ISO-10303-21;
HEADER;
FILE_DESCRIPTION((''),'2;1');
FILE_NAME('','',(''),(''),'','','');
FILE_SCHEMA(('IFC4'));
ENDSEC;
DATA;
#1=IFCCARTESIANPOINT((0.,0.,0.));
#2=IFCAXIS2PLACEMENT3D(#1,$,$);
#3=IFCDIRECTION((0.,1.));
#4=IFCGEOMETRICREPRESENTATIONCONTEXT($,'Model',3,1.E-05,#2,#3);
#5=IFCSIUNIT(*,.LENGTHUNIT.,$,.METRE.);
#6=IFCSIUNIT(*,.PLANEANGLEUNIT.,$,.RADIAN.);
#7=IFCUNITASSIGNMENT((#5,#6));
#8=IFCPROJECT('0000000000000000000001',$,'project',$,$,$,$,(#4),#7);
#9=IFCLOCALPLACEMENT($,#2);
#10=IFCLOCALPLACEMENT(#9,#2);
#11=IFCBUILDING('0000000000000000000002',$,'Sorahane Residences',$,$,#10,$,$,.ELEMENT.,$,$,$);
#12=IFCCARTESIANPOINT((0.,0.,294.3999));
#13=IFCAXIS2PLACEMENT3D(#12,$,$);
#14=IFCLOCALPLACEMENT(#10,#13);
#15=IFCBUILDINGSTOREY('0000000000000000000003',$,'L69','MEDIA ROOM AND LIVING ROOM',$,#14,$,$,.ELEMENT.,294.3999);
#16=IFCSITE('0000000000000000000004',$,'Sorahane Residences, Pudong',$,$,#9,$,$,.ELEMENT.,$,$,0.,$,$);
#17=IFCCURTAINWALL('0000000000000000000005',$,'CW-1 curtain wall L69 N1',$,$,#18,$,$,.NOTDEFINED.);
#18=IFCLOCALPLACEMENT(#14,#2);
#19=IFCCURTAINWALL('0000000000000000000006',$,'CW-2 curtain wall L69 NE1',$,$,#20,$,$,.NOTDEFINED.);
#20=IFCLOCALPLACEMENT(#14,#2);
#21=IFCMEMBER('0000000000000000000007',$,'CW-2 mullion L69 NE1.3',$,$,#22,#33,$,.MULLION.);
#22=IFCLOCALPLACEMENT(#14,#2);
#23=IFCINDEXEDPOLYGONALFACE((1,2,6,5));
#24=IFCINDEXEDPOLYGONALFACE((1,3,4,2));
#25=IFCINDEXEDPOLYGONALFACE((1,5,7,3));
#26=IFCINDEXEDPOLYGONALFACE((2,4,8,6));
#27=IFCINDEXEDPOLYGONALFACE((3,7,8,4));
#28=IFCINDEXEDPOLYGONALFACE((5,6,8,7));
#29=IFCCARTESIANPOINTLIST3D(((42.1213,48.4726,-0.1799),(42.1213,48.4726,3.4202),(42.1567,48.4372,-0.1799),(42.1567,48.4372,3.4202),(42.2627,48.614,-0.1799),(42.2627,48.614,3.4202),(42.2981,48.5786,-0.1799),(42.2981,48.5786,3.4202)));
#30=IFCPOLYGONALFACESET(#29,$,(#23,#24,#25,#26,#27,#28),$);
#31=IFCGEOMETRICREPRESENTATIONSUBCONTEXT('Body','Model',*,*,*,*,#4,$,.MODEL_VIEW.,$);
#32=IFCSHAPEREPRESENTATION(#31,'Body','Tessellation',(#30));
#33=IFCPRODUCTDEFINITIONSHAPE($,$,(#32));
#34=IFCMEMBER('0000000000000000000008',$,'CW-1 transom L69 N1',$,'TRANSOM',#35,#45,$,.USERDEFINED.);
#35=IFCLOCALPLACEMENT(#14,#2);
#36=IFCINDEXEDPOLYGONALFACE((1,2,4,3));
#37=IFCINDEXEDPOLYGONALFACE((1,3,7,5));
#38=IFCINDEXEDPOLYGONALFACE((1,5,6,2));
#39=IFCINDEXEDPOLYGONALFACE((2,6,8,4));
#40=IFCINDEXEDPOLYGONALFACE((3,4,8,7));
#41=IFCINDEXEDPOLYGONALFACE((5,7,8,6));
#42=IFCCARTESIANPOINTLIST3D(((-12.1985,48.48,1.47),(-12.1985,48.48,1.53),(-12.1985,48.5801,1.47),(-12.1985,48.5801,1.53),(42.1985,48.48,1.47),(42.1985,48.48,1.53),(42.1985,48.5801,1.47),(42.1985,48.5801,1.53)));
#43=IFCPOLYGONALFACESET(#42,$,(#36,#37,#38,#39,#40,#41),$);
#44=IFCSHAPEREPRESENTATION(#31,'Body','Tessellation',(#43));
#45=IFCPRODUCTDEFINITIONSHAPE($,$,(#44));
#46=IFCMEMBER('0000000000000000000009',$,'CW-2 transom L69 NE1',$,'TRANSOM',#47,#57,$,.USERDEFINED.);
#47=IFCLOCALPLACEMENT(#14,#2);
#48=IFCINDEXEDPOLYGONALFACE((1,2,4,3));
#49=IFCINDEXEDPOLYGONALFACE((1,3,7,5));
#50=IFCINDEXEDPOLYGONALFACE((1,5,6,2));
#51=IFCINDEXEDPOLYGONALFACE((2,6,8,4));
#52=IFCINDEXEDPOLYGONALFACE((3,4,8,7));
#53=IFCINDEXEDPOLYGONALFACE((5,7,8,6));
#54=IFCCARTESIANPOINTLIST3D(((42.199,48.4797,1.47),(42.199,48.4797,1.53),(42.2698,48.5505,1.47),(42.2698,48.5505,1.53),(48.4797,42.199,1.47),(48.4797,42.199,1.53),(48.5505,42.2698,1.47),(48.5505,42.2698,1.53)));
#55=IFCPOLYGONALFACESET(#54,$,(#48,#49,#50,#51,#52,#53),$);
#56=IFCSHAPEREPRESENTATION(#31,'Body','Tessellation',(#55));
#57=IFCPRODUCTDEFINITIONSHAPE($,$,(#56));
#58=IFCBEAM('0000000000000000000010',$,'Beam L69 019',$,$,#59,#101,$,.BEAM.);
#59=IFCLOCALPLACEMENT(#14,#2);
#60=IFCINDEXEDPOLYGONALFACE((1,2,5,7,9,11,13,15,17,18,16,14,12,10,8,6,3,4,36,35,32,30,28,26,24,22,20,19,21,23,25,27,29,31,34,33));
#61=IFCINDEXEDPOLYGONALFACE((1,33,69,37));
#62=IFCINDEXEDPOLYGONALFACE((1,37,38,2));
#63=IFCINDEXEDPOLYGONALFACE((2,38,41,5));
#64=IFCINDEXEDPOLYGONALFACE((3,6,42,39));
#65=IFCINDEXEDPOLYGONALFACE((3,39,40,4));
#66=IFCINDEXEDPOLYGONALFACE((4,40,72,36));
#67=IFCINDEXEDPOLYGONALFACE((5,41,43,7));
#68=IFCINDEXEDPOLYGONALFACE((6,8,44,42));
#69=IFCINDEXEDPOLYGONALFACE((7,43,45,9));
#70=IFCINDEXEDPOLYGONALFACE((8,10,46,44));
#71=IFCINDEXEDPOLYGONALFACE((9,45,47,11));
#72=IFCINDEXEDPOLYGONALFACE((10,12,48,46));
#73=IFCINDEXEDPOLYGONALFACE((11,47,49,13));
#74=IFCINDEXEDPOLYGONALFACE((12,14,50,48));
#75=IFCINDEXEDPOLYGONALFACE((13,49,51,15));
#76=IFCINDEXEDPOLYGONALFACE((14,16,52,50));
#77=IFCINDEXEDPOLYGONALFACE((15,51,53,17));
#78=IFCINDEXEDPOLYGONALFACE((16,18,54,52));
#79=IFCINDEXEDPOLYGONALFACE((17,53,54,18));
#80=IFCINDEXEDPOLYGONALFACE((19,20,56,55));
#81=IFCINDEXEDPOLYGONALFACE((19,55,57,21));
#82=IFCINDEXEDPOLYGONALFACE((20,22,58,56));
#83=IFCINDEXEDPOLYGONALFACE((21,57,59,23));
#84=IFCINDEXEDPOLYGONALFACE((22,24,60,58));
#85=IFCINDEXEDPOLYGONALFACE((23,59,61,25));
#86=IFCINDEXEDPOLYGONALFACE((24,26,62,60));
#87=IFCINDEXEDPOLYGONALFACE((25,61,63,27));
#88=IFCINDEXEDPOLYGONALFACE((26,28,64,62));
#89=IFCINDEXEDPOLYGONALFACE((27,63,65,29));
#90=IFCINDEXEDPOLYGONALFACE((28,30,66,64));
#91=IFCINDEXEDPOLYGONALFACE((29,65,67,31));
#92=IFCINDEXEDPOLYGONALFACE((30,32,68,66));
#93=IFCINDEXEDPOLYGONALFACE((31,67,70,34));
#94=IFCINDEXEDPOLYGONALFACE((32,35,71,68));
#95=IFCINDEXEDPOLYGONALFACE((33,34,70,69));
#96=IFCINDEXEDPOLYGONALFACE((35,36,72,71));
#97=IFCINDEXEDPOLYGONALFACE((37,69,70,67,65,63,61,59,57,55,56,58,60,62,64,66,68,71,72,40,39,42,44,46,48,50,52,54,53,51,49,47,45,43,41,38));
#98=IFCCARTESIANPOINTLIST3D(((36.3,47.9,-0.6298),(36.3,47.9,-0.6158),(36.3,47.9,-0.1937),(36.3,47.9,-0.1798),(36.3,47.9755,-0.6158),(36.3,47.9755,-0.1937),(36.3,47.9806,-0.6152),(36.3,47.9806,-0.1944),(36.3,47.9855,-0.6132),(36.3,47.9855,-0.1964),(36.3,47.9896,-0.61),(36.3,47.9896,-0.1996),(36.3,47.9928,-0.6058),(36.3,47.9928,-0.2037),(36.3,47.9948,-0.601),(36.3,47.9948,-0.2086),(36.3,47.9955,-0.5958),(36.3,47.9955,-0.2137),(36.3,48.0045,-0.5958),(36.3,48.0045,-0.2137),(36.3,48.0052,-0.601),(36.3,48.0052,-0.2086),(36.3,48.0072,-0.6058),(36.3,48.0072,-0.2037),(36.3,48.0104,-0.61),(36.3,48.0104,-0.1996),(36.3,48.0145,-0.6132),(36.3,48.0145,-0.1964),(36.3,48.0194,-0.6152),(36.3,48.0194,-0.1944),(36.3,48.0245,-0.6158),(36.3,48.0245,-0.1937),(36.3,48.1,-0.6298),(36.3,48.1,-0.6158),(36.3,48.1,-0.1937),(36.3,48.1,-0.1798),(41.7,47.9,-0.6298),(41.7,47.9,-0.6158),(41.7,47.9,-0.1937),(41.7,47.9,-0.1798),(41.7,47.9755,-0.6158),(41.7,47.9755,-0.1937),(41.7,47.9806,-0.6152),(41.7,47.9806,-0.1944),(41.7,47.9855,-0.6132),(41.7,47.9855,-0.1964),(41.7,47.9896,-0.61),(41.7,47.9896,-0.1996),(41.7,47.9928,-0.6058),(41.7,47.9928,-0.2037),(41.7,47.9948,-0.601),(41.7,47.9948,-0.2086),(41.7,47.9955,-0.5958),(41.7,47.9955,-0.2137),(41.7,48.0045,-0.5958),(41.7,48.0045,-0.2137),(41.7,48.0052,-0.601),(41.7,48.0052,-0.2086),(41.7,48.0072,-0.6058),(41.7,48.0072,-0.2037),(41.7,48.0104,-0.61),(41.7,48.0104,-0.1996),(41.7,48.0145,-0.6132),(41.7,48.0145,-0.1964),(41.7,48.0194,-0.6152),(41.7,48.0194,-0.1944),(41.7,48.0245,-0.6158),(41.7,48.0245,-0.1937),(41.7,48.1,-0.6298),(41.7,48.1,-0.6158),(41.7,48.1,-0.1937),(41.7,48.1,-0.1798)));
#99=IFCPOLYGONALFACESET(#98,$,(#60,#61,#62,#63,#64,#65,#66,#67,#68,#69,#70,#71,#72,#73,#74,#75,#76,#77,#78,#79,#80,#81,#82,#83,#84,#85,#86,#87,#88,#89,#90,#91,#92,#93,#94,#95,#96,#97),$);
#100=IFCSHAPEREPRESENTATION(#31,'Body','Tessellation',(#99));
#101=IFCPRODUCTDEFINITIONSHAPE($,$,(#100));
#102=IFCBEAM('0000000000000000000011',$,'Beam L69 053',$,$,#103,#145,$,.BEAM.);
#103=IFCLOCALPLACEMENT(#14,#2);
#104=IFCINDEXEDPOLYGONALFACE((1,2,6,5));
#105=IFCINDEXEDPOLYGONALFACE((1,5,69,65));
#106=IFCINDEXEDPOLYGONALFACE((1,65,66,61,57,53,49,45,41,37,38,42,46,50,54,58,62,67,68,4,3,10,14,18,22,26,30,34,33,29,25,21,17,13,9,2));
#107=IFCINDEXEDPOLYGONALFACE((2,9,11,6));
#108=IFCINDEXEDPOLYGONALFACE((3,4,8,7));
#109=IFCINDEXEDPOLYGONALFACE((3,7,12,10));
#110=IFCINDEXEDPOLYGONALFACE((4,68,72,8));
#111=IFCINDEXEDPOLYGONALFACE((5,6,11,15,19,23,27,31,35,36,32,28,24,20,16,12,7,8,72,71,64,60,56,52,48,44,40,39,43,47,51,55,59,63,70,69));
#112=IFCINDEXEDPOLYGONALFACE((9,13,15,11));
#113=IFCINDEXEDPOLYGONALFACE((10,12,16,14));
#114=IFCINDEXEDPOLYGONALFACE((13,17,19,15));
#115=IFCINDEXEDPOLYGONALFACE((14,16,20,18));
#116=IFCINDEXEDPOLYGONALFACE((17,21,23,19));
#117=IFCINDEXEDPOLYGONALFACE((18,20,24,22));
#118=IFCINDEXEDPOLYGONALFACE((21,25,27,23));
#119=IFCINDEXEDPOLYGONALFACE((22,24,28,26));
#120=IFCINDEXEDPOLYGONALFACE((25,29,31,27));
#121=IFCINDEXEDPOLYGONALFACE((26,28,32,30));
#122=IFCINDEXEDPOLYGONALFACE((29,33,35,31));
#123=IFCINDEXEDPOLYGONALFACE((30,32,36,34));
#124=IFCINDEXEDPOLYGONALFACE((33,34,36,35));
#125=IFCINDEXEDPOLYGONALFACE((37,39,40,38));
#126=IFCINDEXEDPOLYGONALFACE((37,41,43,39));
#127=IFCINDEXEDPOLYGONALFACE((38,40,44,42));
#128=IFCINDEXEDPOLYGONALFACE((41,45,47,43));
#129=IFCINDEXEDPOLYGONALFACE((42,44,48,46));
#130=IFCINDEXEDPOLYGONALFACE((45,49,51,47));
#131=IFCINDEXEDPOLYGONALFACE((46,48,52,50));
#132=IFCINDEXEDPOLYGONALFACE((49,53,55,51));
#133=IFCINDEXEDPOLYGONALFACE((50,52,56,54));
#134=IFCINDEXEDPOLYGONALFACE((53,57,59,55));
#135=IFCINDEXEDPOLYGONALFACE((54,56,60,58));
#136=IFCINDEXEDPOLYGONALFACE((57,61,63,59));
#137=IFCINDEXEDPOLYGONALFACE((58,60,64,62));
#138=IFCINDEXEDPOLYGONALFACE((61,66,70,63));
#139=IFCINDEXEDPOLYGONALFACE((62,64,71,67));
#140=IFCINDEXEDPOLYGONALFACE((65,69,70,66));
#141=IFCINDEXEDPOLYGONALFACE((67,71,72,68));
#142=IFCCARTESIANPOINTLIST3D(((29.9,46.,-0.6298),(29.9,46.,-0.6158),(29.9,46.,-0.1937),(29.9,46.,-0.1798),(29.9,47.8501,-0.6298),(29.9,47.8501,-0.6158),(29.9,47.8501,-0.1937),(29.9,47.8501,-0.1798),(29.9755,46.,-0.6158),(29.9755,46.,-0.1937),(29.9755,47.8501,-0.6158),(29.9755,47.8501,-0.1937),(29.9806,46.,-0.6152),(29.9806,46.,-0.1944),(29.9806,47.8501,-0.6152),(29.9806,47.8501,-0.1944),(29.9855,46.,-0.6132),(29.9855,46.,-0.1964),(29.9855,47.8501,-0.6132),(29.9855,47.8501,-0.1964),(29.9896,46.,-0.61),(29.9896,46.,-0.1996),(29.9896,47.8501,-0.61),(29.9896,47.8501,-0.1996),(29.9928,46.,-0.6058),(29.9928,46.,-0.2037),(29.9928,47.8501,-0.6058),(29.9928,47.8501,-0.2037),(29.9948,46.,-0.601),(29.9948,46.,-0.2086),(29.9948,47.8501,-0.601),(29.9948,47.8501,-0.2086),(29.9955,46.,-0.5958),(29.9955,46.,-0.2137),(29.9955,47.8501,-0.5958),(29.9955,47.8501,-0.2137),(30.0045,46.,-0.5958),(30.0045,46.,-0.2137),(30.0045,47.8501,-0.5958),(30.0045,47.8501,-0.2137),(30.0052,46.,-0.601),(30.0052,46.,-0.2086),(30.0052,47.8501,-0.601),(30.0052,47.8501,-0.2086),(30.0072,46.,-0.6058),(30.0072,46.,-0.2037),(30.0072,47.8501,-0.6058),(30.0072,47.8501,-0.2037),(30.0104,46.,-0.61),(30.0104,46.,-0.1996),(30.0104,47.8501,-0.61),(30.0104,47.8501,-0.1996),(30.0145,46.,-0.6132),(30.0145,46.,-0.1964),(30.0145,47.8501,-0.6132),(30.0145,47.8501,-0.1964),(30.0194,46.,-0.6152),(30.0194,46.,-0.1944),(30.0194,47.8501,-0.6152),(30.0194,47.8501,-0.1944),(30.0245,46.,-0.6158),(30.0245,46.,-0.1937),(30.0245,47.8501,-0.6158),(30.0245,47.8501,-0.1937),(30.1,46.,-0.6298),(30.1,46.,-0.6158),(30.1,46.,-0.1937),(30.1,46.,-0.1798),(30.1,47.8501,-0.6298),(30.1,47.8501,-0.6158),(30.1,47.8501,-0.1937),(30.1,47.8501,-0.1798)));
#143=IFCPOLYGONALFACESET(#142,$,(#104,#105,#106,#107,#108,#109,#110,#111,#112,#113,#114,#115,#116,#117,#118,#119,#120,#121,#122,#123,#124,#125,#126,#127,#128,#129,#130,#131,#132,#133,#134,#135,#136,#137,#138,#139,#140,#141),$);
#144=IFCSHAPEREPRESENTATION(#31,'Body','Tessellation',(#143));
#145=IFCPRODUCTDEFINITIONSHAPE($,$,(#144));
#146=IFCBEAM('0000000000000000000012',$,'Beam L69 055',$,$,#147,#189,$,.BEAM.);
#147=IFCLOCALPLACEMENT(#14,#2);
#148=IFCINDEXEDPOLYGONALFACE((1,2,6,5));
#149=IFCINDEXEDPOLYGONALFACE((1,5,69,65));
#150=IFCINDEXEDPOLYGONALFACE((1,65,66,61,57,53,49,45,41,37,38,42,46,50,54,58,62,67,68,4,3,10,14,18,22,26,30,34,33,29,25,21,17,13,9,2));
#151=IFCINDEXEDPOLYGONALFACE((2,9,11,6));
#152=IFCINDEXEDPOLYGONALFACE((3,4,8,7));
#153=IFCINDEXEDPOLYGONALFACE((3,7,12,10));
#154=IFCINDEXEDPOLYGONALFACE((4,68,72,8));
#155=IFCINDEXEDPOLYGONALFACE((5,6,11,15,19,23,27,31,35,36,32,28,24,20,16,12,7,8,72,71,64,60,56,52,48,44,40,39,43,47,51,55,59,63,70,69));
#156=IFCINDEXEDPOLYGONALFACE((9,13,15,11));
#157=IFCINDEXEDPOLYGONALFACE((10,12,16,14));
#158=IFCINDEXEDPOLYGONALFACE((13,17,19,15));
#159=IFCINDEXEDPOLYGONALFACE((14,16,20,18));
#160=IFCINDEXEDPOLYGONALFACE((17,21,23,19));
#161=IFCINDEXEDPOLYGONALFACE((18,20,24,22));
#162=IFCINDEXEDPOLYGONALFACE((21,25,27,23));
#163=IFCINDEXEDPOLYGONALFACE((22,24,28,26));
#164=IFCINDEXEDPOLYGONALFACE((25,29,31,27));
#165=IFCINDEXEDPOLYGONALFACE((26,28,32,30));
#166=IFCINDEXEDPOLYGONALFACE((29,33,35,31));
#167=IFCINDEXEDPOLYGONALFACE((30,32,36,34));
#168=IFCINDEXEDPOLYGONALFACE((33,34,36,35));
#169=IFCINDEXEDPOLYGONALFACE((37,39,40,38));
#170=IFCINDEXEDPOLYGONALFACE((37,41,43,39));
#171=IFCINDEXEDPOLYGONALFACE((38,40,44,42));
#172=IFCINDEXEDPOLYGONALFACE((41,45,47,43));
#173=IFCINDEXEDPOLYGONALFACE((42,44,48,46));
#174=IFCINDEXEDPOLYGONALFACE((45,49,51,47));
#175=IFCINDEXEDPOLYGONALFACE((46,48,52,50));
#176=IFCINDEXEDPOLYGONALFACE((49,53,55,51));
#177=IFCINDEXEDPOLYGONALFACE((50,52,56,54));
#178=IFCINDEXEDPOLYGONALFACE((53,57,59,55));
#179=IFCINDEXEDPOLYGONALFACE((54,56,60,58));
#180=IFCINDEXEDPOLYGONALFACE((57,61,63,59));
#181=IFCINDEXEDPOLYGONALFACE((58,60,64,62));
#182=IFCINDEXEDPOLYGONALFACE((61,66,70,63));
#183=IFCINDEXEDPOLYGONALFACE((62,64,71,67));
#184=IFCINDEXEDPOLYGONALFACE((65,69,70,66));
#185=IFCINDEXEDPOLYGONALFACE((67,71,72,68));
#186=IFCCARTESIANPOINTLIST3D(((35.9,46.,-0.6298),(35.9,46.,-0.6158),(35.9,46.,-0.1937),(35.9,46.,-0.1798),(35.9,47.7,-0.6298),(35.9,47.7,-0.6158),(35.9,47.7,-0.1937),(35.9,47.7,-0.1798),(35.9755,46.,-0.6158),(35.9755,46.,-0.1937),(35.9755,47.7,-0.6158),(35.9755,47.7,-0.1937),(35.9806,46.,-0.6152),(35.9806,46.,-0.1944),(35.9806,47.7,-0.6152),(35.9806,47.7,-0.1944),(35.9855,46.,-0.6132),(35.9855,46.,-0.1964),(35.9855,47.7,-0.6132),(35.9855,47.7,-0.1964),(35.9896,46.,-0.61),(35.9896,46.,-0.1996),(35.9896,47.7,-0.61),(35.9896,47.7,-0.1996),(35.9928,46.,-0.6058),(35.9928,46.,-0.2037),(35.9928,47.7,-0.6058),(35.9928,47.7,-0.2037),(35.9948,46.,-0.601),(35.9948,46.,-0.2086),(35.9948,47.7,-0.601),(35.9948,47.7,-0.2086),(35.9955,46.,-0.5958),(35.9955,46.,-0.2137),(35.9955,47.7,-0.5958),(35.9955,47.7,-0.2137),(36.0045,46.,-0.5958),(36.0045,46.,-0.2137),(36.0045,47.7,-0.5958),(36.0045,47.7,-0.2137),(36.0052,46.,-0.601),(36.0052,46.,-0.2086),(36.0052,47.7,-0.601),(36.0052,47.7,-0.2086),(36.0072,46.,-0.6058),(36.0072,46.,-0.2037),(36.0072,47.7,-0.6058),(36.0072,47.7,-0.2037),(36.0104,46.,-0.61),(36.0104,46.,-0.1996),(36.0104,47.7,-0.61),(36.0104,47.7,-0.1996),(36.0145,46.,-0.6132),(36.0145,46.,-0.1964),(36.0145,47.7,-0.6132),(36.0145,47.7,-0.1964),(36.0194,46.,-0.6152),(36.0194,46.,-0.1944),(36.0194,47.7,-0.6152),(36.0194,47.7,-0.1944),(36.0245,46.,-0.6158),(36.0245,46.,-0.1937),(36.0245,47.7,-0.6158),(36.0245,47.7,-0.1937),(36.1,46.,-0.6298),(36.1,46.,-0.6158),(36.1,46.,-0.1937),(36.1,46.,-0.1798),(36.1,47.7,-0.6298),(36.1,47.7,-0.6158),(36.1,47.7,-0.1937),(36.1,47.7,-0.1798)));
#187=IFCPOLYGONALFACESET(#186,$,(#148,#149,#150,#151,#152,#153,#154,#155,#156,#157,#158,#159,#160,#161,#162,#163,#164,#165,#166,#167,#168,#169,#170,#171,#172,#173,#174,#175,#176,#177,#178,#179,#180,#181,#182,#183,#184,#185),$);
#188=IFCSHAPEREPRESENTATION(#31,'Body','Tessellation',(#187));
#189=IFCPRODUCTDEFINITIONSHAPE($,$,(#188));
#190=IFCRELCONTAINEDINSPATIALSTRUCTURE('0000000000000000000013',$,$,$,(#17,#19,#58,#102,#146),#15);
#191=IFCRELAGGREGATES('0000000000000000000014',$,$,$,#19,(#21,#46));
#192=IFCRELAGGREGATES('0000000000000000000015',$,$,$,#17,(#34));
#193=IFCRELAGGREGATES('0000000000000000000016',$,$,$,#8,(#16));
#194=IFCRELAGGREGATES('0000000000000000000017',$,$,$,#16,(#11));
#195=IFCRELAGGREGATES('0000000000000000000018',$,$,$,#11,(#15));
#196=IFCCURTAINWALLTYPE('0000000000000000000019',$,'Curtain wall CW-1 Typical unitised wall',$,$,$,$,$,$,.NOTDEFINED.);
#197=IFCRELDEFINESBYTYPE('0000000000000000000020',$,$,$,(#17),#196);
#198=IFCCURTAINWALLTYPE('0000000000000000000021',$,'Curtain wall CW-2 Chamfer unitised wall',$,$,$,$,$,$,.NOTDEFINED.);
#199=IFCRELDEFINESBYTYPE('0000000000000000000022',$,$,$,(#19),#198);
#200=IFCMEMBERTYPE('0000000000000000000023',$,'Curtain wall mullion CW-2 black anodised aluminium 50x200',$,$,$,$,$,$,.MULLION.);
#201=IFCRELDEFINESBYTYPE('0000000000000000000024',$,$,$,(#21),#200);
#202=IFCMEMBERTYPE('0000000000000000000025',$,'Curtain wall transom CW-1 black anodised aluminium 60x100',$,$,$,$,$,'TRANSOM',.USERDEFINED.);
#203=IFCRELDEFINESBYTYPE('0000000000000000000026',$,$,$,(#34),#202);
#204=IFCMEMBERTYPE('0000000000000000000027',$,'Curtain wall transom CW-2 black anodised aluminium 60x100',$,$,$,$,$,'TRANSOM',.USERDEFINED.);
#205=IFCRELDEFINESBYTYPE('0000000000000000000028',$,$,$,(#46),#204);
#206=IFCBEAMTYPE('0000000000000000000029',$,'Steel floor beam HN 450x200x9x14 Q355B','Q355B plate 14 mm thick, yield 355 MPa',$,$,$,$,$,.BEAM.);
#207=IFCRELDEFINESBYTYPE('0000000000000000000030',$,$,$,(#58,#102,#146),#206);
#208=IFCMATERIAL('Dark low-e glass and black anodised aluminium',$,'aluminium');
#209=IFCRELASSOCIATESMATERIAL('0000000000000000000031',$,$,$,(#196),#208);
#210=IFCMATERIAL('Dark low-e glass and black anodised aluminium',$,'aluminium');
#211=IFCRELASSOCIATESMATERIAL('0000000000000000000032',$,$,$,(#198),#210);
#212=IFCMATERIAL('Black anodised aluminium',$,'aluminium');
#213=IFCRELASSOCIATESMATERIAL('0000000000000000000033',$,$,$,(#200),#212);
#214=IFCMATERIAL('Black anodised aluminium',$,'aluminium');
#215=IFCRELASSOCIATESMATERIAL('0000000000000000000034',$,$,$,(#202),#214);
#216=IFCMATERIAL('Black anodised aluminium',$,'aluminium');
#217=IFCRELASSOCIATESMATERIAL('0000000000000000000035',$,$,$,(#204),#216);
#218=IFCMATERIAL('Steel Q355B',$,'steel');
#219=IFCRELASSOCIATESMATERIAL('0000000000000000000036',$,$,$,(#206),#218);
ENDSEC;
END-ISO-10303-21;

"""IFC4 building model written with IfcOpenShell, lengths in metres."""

from ifc_helpers import new_model, si_unit, direction, frame, origin, origin_2d, place, context, subcontext, project, spatial, rectangle, i_section, extrude, material, material_profile, profile_set, type_object, element, aggregate, save


model = new_model("IFC4")

# Units and contexts
model_context = context("Model", 3, precision=1e-05, world=origin(), true_north=direction((0.0, 1.0)))
body_context = subcontext(model_context, "Body", "Model", "MODEL_VIEW")
ifc_project = project(units=[si_unit("LENGTHUNIT", "METRE"), si_unit("PLANEANGLEUNIT", "RADIAN")], contexts=[model_context])

# Site, building, storey
site_placement = place(None, origin())
site = spatial("IfcSite", under=ifc_project, at=site_placement, Name="Sorahane Residences, Pudong", CompositionType="ELEMENT", RefElevation=0.0)
building_placement = place(site_placement, origin())
building = spatial("IfcBuilding", under=site, at=building_placement, Name="Sorahane Residences", CompositionType="ELEMENT")
storey_placement = place(building_placement, frame((0.0, 0.0, 294.3999)))
storey = spatial("IfcBuildingStorey", under=building, at=storey_placement, Name="L69", Description="MEDIA ROOM AND LIVING ROOM", CompositionType="ELEMENT", Elevation=294.3999)

# Curtain walls, member
ifc_material_1 = material(Name="Dark low-e glass and black anodised aluminium", Category="aluminium")
curtain_wall_type_1 = type_object("IfcCurtainWallType", Name="Curtain wall CW-1 Typical unitised wall", PredefinedType="NOTDEFINED", material=ifc_material_1)
curtain_wall_1_placement = place(storey_placement, origin())
curtain_wall_1 = element("IfcCurtainWall", 1, at=curtain_wall_1_placement, inside=storey, type_object=curtain_wall_type_1, Name="CW-1 curtain wall L69 N1", PredefinedType="NOTDEFINED")
ifc_material_2 = material(Name="Dark low-e glass and black anodised aluminium", Category="aluminium")
curtain_wall_type_2 = type_object("IfcCurtainWallType", Name="Curtain wall CW-2 Chamfer unitised wall", PredefinedType="NOTDEFINED", material=ifc_material_2)
curtain_wall_2_placement = place(storey_placement, origin())
curtain_wall_2 = element("IfcCurtainWall", 2, at=curtain_wall_2_placement, inside=storey, type_object=curtain_wall_type_2, Name="CW-2 curtain wall L69 NE1", PredefinedType="NOTDEFINED")
ifc_material_3 = material(Name="Black anodised aluminium", Category="aluminium")
ifc_material_profile_1 = material_profile(ifc_material_3, rectangle(XDim=0.2, YDim=0.05, at=origin_2d()), Name="Curtain wall mullion CW-2 black anodised aluminium 50x200")
ifc_profile_set_1 = profile_set([ifc_material_profile_1], Name="Black anodised aluminium")
member_type_1 = type_object("IfcMemberType", Name="Curtain wall mullion CW-2 black anodised aluminium 50x200", PredefinedType="MULLION", material=ifc_profile_set_1)
member_1_placement = place(storey_placement, frame((42.2097, 48.5256, -0.1799), z_axis=(0.0, 0.0, 1.0), x_axis=(0.707107, 0.707107, 0.0)))
member_1 = element("IfcMember", 3, at=member_1_placement, type_object=member_type_1, Name="CW-2 mullion L69 NE1.3", PredefinedType="MULLION", context=body_context, shape_type="SweptSolid", body=[
    extrude(rectangle(XDim=0.2, YDim=0.05, at=origin_2d()), origin(), (0.0, 0.0, 1.0), 3.6001),
])

# Members
ifc_material_4 = material(Name="Black anodised aluminium", Category="aluminium")
ifc_material_profile_2 = material_profile(ifc_material_4, rectangle(XDim=0.1001, YDim=0.0601, at=origin_2d()), Name="Curtain wall transom CW-1 black anodised aluminium 60x100")
ifc_profile_set_2 = profile_set([ifc_material_profile_2], Name="Black anodised aluminium")
member_type_2 = type_object("IfcMemberType", Name="Curtain wall transom CW-1 black anodised aluminium 60x100", ElementType="TRANSOM", PredefinedType="USERDEFINED", material=ifc_profile_set_2)
member_2_placement = place(storey_placement, frame((42.1985, 48.53, 1.5), z_axis=(-1.0, 0.0, 0.0), x_axis=(0.0, -1.0, 0.0)))
member_2 = element("IfcMember", 4, at=member_2_placement, type_object=member_type_2, Name="CW-1 transom L69 N1", ObjectType="TRANSOM", PredefinedType="USERDEFINED", context=body_context, shape_type="SweptSolid", body=[
    extrude(rectangle(XDim=0.1001, YDim=0.0601, at=origin_2d()), origin(), (0.0, 0.0, 1.0), 54.397),
])
ifc_material_5 = material(Name="Black anodised aluminium", Category="aluminium")
ifc_material_profile_3 = material_profile(ifc_material_5, rectangle(XDim=0.1001, YDim=0.0601, at=origin_2d()), Name="Curtain wall transom CW-2 black anodised aluminium 60x100")
ifc_profile_set_3 = profile_set([ifc_material_profile_3], Name="Black anodised aluminium")
member_type_3 = type_object("IfcMemberType", Name="Curtain wall transom CW-2 black anodised aluminium 60x100", ElementType="TRANSOM", PredefinedType="USERDEFINED", material=ifc_profile_set_3)
member_3_placement = place(storey_placement, frame((48.5151, 42.2344, 1.5), z_axis=(-0.707107, 0.707107, 0.0), x_axis=(-0.707107, -0.707107, 0.0)))
member_3 = element("IfcMember", 5, at=member_3_placement, type_object=member_type_3, Name="CW-2 transom L69 NE1", ObjectType="TRANSOM", PredefinedType="USERDEFINED", context=body_context, shape_type="SweptSolid", body=[
    extrude(rectangle(XDim=0.1001, YDim=0.0601, at=origin_2d()), origin(), (0.0, 0.0, 1.0), 8.8823),
])

# Beams
ifc_material_6 = material(Name="Steel Q355B", Category="steel")
ifc_material_profile_4 = material_profile(ifc_material_6, i_section(OverallWidth=0.2, OverallDepth=0.45, WebThickness=0.009, FlangeThickness=0.0139, FilletRadius=0.02, at=origin_2d()), Name="HN 450x200x9x14")
ifc_profile_set_4 = profile_set([ifc_material_profile_4], Name="Steel Q355B")
beam_type = type_object("IfcBeamType", Name="Steel floor beam HN 450x200x9x14 Q355B", Description="Q355B plate 14 mm thick, yield 355 MPa", PredefinedType="BEAM", material=ifc_profile_set_4)
beam_1_placement = place(storey_placement, frame((36.3, 48.0, -0.4048), z_axis=(1.0, 0.0, 0.0), x_axis=(0.0, 1.0, 0.0)))
element("IfcBeam", 6, at=beam_1_placement, inside=storey, type_object=beam_type, Name="Beam L69 019", PredefinedType="BEAM", context=body_context, shape_type="SweptSolid", body=[
    extrude(i_section(OverallWidth=0.2, OverallDepth=0.45, WebThickness=0.009, FlangeThickness=0.0139, FilletRadius=0.02, at=origin_2d()), origin(), (0.0, 0.0, 1.0), 5.3999),
])
beam_2_placement = place(storey_placement, frame((30.0, 46.0, -0.4048), z_axis=(0.0, 1.0, 0.0), x_axis=(-1.0, 0.0, 0.0)))
element("IfcBeam", 7, at=beam_2_placement, inside=storey, type_object=beam_type, Name="Beam L69 053", PredefinedType="BEAM", context=body_context, shape_type="SweptSolid", body=[
    extrude(i_section(OverallWidth=0.2, OverallDepth=0.45, WebThickness=0.009, FlangeThickness=0.0139, FilletRadius=0.02, at=origin_2d()), origin(), (0.0, 0.0, 1.0), 1.8501),
])
for number, where, z_axis, x_axis, name in (
    (8, (36.0, 46.0, -0.4048), (0.0, 1.0, 0.0), (-1.0, 0.0, 0.0), "Beam L69 055"),
):
    element("IfcBeam", number, at=place(storey_placement, frame(where, z_axis=z_axis, x_axis=x_axis)), inside=storey, type_object=beam_type, Name=name, PredefinedType="BEAM", context=body_context, shape_type="SweptSolid", body=[
        extrude(i_section(OverallWidth=0.2, OverallDepth=0.45, WebThickness=0.009, FlangeThickness=0.0139, FilletRadius=0.02, at=origin_2d()), origin(), (0.0, 0.0, 1.0), 1.7),
    ])

aggregate(curtain_wall_2, [member_1, member_3])
aggregate(curtain_wall_1, [member_2])

save(model, "model.ifc")
